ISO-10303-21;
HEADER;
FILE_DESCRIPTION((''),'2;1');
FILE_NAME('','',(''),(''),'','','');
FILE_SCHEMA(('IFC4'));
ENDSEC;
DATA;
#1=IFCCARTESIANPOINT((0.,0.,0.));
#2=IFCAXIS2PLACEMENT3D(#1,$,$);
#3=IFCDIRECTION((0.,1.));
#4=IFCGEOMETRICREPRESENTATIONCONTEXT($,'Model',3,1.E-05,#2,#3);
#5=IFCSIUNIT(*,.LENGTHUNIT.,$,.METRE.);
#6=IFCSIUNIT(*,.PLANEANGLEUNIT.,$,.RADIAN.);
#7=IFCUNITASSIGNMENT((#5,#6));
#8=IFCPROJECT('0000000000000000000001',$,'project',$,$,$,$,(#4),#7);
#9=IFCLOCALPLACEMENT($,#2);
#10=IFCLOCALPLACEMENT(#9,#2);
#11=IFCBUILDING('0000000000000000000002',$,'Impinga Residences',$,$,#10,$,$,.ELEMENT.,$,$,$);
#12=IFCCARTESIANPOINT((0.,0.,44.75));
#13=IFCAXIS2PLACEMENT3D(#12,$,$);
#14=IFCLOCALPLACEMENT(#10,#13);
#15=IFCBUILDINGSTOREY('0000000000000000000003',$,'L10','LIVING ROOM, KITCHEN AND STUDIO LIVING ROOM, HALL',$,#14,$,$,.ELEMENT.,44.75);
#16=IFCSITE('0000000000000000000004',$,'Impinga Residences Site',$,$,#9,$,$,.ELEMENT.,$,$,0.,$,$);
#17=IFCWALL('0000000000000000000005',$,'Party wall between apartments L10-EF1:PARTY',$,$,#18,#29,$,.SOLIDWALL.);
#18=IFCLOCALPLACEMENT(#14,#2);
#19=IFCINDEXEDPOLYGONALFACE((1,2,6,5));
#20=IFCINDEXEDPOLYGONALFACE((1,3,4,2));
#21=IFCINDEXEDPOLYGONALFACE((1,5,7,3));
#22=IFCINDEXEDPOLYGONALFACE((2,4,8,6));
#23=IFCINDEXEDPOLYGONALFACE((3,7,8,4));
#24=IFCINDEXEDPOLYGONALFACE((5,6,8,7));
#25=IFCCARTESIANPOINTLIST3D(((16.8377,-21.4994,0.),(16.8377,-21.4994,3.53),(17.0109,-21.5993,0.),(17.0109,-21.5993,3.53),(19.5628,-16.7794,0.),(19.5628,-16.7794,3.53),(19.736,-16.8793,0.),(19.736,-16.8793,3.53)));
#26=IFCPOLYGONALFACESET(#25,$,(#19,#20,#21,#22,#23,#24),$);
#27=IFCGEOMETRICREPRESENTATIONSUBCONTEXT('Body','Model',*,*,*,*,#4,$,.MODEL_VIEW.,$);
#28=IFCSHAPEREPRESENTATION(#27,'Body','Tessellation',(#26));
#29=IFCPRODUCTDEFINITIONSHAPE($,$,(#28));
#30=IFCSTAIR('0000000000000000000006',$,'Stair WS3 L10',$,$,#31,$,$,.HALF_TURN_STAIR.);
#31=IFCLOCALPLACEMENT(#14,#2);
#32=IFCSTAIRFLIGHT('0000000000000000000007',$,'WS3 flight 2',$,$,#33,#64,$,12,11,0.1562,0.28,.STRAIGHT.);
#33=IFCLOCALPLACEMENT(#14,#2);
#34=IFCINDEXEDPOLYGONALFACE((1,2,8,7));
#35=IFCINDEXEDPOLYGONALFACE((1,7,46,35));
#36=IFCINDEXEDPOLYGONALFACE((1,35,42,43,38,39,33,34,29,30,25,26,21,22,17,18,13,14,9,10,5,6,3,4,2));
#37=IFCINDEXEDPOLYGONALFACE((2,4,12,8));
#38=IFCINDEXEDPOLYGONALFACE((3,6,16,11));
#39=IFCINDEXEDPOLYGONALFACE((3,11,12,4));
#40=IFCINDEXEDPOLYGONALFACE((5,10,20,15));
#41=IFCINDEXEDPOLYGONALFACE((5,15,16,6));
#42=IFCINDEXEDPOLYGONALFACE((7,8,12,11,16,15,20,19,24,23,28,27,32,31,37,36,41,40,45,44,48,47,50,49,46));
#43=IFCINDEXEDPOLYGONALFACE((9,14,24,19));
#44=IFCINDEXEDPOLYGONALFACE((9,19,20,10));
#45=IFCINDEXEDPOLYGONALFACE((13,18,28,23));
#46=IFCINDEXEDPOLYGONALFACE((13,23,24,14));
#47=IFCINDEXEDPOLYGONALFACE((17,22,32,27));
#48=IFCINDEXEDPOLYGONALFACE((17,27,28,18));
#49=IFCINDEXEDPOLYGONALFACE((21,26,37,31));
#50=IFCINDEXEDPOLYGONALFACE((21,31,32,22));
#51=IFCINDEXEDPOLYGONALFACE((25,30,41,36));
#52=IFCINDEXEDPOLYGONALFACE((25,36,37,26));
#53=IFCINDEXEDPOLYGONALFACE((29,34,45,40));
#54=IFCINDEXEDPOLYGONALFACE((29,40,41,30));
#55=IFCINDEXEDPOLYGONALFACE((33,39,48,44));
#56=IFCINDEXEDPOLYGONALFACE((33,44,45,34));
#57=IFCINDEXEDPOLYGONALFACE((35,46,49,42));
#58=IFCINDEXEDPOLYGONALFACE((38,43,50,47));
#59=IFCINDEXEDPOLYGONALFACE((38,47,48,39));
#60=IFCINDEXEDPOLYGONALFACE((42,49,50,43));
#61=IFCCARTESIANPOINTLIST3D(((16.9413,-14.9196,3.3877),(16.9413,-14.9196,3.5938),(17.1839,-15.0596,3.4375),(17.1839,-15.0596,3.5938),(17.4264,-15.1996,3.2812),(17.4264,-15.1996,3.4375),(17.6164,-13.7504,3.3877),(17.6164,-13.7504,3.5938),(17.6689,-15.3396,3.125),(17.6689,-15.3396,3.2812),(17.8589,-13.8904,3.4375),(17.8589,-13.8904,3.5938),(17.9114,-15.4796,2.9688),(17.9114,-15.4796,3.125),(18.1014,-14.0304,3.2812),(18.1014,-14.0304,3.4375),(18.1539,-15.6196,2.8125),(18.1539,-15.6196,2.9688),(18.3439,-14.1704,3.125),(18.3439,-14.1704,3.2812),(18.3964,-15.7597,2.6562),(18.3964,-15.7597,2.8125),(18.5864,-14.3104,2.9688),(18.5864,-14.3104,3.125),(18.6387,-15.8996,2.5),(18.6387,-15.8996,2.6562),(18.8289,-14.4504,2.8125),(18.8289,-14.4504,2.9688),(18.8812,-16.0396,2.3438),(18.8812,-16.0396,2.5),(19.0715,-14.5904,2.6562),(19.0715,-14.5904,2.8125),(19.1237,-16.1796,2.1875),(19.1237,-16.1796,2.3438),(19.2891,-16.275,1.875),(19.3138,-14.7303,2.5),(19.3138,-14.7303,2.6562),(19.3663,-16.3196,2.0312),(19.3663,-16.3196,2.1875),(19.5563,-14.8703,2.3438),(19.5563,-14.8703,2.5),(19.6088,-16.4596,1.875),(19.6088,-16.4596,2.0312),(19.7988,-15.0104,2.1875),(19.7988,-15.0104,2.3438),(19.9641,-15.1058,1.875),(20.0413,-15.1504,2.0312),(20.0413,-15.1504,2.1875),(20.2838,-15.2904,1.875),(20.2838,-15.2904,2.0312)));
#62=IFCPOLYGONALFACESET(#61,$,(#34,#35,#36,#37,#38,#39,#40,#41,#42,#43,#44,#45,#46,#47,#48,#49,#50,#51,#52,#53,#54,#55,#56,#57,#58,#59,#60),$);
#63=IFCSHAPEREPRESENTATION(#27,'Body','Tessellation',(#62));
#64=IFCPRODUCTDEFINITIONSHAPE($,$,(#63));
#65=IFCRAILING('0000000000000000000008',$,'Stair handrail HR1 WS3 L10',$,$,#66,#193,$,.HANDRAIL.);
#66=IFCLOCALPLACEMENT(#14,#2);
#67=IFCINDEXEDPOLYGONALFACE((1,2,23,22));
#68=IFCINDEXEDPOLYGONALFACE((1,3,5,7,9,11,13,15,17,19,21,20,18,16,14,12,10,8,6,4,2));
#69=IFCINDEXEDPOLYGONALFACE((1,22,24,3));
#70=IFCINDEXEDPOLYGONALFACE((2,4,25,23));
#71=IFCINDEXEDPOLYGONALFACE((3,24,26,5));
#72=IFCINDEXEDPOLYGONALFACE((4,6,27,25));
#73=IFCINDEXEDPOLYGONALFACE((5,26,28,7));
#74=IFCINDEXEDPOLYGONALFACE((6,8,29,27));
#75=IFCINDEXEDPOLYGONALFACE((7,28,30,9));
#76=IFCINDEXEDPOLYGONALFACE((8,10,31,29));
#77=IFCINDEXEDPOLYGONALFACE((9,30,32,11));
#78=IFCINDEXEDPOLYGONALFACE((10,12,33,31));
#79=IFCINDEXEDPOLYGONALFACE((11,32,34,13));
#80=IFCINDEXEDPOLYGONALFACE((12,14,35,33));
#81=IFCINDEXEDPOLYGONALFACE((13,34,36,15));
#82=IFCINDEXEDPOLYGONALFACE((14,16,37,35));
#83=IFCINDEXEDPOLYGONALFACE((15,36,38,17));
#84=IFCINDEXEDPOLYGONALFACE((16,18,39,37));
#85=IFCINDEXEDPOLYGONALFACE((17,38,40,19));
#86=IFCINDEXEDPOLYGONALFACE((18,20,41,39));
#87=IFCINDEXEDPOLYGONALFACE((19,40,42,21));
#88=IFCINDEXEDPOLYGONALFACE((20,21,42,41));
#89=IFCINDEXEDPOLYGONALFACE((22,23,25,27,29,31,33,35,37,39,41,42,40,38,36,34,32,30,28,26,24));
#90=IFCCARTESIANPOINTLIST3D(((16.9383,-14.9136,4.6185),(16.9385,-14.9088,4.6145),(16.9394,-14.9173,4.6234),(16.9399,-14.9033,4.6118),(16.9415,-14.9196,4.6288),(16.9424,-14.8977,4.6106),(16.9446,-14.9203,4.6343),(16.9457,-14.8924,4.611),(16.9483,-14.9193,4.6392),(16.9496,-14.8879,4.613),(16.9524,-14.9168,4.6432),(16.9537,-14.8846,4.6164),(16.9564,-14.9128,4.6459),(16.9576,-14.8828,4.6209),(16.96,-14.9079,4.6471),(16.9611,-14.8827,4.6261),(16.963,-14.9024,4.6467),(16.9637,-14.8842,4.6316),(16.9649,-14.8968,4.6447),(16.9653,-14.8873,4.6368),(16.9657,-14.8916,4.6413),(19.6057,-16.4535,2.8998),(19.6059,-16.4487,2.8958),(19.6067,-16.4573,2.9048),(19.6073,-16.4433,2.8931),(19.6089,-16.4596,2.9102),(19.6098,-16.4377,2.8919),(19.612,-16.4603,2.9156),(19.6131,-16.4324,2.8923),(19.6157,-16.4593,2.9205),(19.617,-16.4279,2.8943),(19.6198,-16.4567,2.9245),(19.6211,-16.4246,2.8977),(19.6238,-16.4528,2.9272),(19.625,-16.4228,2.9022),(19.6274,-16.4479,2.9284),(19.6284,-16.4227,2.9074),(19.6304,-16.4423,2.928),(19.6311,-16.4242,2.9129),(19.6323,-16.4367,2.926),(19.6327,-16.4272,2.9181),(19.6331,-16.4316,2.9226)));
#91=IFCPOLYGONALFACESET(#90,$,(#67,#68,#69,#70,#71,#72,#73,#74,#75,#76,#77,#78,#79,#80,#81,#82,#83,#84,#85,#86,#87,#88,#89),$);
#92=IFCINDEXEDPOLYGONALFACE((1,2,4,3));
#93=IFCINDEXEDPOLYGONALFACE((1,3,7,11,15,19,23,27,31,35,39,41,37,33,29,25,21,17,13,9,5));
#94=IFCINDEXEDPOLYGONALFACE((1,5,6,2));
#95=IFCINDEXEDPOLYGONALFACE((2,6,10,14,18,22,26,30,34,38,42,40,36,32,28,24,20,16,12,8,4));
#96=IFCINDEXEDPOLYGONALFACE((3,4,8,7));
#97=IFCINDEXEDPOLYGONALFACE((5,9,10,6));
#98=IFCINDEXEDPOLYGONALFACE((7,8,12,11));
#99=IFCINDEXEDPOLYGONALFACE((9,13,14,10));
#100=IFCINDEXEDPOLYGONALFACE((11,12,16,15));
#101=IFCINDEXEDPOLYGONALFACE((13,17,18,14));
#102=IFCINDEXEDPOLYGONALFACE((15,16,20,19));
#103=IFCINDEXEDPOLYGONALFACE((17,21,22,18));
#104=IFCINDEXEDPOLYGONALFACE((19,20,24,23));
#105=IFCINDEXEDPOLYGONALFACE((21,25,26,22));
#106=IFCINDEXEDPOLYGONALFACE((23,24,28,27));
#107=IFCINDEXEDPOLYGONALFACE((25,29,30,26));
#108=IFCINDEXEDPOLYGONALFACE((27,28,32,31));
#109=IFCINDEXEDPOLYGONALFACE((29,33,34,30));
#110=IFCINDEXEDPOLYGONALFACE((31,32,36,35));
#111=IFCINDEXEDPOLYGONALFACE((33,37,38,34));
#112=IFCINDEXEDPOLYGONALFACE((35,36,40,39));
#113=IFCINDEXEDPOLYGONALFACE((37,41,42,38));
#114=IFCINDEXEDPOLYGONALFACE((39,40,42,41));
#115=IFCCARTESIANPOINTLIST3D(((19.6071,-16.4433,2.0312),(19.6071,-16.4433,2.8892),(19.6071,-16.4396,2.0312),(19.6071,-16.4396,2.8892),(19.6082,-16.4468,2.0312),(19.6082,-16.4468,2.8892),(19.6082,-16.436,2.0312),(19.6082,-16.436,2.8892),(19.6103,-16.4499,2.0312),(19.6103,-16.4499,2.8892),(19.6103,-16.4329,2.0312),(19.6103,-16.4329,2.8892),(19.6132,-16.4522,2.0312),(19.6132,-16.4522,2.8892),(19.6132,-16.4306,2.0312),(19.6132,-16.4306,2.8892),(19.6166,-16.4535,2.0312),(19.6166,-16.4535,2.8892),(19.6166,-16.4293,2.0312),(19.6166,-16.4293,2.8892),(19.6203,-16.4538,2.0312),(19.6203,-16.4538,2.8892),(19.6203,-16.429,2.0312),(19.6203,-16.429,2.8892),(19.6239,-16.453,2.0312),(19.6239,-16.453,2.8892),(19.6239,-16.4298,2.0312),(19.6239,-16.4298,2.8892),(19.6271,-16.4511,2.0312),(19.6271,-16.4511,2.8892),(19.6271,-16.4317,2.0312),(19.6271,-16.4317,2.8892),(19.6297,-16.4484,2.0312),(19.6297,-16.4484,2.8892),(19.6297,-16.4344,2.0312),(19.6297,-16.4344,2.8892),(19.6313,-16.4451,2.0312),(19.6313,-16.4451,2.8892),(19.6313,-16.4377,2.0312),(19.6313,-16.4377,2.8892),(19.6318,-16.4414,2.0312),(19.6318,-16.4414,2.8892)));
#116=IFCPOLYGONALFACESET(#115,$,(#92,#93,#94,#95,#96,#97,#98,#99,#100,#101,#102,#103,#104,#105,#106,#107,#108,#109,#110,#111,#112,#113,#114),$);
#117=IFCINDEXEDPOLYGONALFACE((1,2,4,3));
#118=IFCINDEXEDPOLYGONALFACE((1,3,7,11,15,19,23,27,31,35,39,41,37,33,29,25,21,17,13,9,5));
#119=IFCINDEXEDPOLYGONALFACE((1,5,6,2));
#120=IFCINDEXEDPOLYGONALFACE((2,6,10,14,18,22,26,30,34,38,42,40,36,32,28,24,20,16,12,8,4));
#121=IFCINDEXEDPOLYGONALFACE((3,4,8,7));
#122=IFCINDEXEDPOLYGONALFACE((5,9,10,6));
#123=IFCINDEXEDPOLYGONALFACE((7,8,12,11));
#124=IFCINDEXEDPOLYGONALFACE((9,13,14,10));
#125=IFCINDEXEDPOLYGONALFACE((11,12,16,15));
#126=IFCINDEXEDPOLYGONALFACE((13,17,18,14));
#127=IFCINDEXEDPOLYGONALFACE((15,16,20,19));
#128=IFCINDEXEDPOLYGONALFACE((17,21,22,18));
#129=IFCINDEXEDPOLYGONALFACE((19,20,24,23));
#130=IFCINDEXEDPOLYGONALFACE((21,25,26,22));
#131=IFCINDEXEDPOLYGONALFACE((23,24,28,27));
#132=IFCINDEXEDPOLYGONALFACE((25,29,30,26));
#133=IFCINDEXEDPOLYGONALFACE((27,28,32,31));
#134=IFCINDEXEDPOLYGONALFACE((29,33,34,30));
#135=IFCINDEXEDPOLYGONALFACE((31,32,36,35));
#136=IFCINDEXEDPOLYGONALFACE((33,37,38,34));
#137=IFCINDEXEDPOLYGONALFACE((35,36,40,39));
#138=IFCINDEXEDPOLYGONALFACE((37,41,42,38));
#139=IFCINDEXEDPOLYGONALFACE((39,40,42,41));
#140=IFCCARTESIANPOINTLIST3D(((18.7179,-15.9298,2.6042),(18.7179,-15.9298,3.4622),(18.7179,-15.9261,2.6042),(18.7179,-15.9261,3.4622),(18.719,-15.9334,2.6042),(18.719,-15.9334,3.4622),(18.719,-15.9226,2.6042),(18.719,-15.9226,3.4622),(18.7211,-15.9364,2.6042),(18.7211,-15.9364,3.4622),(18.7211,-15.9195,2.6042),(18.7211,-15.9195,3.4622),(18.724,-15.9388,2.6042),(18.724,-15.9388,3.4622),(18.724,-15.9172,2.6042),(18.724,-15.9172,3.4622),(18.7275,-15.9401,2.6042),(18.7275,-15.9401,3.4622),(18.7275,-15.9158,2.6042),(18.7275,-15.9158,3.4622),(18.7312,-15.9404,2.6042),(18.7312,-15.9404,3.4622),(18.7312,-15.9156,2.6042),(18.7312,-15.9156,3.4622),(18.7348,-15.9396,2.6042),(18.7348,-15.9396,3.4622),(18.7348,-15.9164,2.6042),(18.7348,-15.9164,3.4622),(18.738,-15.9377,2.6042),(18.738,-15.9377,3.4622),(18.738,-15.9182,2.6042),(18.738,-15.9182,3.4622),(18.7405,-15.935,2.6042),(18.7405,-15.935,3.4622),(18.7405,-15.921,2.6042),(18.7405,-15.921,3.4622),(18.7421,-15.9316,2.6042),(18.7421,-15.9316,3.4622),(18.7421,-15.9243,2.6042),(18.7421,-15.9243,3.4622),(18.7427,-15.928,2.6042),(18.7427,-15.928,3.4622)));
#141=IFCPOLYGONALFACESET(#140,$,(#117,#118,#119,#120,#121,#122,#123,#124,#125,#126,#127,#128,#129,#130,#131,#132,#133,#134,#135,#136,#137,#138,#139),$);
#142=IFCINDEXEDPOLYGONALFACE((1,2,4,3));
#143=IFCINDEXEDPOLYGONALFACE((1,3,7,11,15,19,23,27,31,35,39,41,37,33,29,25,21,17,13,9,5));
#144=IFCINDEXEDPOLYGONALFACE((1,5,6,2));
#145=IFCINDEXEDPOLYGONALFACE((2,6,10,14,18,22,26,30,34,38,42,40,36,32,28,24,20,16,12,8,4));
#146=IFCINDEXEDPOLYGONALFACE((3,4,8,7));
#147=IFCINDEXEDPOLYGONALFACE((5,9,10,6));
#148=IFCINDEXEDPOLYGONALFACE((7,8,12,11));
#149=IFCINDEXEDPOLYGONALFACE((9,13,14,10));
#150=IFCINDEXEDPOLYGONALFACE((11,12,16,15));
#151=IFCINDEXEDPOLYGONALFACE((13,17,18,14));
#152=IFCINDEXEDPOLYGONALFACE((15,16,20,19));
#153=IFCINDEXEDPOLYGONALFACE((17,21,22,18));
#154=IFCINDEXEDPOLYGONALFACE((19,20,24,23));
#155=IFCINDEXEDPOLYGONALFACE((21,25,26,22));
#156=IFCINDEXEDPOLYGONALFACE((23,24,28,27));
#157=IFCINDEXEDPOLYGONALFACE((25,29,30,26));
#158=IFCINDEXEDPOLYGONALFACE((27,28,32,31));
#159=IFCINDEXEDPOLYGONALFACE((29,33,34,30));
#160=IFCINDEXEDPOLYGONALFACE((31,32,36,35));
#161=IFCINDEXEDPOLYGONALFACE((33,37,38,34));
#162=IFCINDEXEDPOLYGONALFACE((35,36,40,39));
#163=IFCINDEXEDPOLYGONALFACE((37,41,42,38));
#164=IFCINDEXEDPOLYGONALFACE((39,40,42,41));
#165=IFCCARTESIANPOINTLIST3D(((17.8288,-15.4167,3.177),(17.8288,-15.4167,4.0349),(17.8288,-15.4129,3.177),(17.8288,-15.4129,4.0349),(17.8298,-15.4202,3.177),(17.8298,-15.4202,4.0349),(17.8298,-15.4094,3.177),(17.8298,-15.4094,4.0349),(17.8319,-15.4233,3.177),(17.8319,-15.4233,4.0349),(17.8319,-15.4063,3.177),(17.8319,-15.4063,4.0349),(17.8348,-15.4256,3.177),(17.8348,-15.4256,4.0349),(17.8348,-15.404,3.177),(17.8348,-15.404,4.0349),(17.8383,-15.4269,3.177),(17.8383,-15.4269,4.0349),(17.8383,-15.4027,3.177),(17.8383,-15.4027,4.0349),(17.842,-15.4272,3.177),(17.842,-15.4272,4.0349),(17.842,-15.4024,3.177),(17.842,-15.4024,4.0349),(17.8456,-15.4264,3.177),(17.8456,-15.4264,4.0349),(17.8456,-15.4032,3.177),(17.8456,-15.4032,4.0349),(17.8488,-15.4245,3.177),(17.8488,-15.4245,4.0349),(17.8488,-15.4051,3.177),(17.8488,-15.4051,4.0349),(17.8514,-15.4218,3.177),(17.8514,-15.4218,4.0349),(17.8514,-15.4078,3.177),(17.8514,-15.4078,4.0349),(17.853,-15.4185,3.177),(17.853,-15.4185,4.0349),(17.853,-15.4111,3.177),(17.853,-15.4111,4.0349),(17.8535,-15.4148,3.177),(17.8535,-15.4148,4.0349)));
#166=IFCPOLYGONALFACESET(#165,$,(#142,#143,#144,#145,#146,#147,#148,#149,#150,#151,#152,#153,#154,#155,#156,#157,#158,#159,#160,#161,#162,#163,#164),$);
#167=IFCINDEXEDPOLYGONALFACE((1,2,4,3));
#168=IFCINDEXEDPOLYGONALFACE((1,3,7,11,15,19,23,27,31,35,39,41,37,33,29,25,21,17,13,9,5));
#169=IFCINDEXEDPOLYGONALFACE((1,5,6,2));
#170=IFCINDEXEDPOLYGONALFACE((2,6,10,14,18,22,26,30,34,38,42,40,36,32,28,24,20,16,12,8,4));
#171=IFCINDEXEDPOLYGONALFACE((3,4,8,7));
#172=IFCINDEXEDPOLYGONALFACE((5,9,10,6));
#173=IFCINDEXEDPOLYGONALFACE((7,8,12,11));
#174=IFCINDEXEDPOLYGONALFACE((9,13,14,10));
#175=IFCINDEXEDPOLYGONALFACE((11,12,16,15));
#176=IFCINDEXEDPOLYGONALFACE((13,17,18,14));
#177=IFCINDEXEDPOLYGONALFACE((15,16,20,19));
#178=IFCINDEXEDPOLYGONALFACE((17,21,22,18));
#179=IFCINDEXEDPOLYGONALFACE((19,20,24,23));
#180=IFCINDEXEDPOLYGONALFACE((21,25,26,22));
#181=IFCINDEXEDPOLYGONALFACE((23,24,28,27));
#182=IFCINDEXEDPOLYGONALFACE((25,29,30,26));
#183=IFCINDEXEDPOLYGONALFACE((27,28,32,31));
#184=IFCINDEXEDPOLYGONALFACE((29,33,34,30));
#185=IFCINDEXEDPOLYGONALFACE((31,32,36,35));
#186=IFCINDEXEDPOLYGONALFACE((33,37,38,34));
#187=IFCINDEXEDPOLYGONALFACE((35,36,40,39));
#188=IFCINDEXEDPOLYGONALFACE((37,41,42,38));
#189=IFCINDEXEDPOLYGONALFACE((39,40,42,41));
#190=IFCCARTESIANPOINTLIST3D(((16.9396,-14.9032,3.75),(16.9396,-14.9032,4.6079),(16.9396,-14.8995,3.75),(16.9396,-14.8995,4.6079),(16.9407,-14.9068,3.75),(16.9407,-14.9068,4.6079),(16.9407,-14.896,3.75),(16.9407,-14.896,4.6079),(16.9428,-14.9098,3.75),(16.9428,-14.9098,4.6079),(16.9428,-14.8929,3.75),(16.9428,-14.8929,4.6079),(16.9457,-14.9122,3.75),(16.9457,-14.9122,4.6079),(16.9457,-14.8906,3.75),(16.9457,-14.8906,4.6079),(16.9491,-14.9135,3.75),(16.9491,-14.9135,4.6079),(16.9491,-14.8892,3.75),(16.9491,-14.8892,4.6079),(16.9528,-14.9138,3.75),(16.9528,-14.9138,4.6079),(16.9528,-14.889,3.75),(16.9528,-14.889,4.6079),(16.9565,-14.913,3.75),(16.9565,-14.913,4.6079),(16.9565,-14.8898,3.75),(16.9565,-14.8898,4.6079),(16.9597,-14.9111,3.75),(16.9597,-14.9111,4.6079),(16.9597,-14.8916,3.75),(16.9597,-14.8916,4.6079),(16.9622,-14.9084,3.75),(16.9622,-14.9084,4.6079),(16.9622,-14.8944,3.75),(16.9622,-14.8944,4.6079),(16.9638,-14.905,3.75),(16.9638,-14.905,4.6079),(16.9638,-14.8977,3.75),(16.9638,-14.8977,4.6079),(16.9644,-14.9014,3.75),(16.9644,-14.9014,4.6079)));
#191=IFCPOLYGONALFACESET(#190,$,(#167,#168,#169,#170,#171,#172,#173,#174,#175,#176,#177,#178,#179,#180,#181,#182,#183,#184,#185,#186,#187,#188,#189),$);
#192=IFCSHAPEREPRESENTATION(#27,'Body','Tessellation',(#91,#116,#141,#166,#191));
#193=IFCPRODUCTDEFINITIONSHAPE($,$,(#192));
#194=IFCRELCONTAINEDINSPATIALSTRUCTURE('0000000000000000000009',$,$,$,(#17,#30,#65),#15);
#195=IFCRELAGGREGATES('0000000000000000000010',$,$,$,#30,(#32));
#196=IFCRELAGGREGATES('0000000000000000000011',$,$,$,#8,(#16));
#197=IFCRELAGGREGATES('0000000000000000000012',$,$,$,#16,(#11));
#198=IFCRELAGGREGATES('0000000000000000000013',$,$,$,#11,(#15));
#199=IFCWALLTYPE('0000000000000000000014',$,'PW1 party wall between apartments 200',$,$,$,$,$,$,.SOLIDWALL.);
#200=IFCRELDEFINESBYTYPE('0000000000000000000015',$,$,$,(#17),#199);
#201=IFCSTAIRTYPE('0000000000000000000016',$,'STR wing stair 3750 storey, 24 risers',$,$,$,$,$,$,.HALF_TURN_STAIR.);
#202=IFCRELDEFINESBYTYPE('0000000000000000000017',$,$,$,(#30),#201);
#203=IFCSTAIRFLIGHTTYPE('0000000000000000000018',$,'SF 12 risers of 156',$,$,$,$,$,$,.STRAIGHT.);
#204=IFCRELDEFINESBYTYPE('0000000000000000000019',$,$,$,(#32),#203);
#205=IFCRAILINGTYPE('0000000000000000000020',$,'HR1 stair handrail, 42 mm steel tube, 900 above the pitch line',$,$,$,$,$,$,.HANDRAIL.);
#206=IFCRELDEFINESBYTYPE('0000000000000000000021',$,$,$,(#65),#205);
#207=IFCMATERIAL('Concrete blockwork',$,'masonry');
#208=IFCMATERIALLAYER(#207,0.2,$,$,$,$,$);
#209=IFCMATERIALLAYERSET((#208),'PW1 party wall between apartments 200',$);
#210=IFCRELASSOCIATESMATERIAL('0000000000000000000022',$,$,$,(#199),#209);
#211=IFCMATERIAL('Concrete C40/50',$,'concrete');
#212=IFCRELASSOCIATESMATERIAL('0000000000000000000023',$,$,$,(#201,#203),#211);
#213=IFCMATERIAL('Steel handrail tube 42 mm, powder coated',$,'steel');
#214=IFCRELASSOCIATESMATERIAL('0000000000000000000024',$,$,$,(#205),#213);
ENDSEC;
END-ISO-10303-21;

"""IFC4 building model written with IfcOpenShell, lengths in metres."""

from ifc_helpers import new_model, si_unit, direction, frame, frame_2d, origin, origin_2d, place, context, subcontext, project, spatial, polyline, rectangle, circle, outline, extrude, material, layer, layer_set, type_object, element, aggregate, save


model = new_model("IFC4")

# Units and contexts
model_context = context("Model", 3, precision=1e-05, world=origin(), true_north=direction((0.0, 1.0)))
body_context = subcontext(model_context, "Body", "Model", "MODEL_VIEW")
ifc_project = project(units=[si_unit("LENGTHUNIT", "METRE"), si_unit("PLANEANGLEUNIT", "RADIAN")], contexts=[model_context])

# Site, building, storey
site_placement = place(None, origin())
site = spatial("IfcSite", under=ifc_project, at=site_placement, Name="Impinga Residences Site", CompositionType="ELEMENT", RefElevation=0.0)
building_placement = place(site_placement, origin())
building = spatial("IfcBuilding", under=site, at=building_placement, Name="Impinga Residences", CompositionType="ELEMENT")
storey_placement = place(building_placement, frame((0.0, 0.0, 44.75)))
storey = spatial("IfcBuildingStorey", under=building, at=storey_placement, Name="L10", Description="LIVING ROOM, KITCHEN AND STUDIO LIVING ROOM, HALL", CompositionType="ELEMENT", Elevation=44.75)

# Wall
ifc_material_1 = material(Name="Concrete blockwork", Category="masonry")
ifc_layer_1 = layer(ifc_material_1, 0.2)
ifc_layer_set_1 = layer_set([ifc_layer_1], Name="PW1 party wall between apartments 200")
wall_type_1 = type_object("IfcWallType", Name="PW1 party wall between apartments 200", PredefinedType="SOLIDWALL", material=ifc_layer_set_1)
wall_1_placement = place(storey_placement, frame((19.6494, -16.8293, 0.0), z_axis=(0.0, 0.0, 1.0), x_axis=(-0.500003, -0.866024, 0.0)))
element("IfcWall", 1, at=wall_1_placement, inside=storey, type_object=wall_type_1, Name="Party wall between apartments L10-EF1:PARTY", PredefinedType="SOLIDWALL", context=body_context, shape_type="SweptSolid", body=[
    extrude(rectangle(XDim=5.4502, YDim=0.2, at=frame_2d((2.7251, 0.0))), origin(), (0.0, 0.0, 1.0), 3.53),
])

# Stair, stair flight
ifc_material_2 = material(Name="Concrete C40/50", Category="concrete")
stair_type = type_object("IfcStairType", Name="STR wing stair 3750 storey, 24 risers", PredefinedType="HALF_TURN_STAIR", material=ifc_material_2)
stair_placement = place(storey_placement, origin())
stair = element("IfcStair", 2, at=stair_placement, inside=storey, type_object=stair_type, Name="Stair WS3 L10", PredefinedType="HALF_TURN_STAIR")
stair_flight_type = type_object("IfcStairFlightType", Name="SF 12 risers of 156", PredefinedType="STRAIGHT", material=ifc_material_2)
stair_flight_placement = place(storey_placement, frame((19.9463, -15.875, 1.875), z_axis=(0.0, 0.0, 1.0), x_axis=(-0.866025, 0.5, 0.0)))
stair_flight = element("IfcStairFlight", 3, at=stair_flight_placement, type_object=stair_flight_type, Name="WS3 flight 2", NumberOfRisers=12, NumberOfTreads=11, PredefinedType="STRAIGHT", RiserHeight=0.1562, TreadLength=0.28, context=body_context, shape_type="SweptSolid", body=[
    extrude(outline(polyline([(0.0, 0.0), (0.0, 0.1562), (0.28, 0.1562), (0.28, 0.3125), (0.5601, 0.3125), (0.5601, 0.4688), (0.8401, 0.4688), (0.8401, 0.625), (1.1201, 0.625), (1.1201, 0.7812), (1.3999, 0.7812), (1.3999, 0.9375), (1.6799, 0.9375), (1.6799, 1.0938), (1.96, 1.0938), (1.96, 1.25), (2.24, 1.25), (2.24, 1.4062), (2.52, 1.4062), (2.52, 1.5625), (2.8, 1.5625), (2.8, 1.7188), (3.0801, 1.7188), (3.0801, 1.875), (3.0801, 1.5127), (0.3691, 0.0), (0.0, 0.0)])), frame((0.0, 0.675, 0.0), z_axis=(0.0, -1.0, 0.0), x_axis=(1.0, 0.0, 0.0)), (0.0, 0.0, 1.0), 1.3501),
])
aggregate(stair, [stair_flight])

# Railing
ifc_material_3 = material(Name="Steel handrail tube 42 mm, powder coated", Category="steel")
railing_type = type_object("IfcRailingType", Name="HR1 stair handrail, 42 mm steel tube, 900 above the pitch line", PredefinedType="HANDRAIL", material=ifc_material_3)
railing_placement = place(storey_placement, frame((19.6194, -16.4414, 2.0312)))
element("IfcRailing", 4, at=railing_placement, inside=storey, type_object=railing_type, Name="Stair handrail HR1 WS3 L10", PredefinedType="HANDRAIL", context=body_context, shape_type="SweptSolid", body=[
    extrude(circle(Radius=0.021, at=origin_2d()), frame((0.0, 0.0, 0.8789), z_axis=(-0.756256, 0.436616, 0.487282), x_axis=(-0.499992, -0.86603, 0.0)), (0.0, 0.0, 1.0), 3.5271),
    extrude(circle(Radius=0.0125, at=origin_2d()), origin(), (0.0, 0.0, 1.0), 0.8579),
    extrude(circle(Radius=0.0125, at=origin_2d()), frame((-0.8892, 0.5134, 0.573)), (0.0, 0.0, 1.0), 0.8579),
    extrude(circle(Radius=0.0125, at=origin_2d()), frame((-1.7783, 1.0266, 1.1458)), (0.0, 0.0, 1.0), 0.8579),
    extrude(circle(Radius=0.0125, at=origin_2d()), frame((-2.6675, 1.54, 1.7188)), (0.0, 0.0, 1.0), 0.8579),
])

save(model, "model.ifc")
